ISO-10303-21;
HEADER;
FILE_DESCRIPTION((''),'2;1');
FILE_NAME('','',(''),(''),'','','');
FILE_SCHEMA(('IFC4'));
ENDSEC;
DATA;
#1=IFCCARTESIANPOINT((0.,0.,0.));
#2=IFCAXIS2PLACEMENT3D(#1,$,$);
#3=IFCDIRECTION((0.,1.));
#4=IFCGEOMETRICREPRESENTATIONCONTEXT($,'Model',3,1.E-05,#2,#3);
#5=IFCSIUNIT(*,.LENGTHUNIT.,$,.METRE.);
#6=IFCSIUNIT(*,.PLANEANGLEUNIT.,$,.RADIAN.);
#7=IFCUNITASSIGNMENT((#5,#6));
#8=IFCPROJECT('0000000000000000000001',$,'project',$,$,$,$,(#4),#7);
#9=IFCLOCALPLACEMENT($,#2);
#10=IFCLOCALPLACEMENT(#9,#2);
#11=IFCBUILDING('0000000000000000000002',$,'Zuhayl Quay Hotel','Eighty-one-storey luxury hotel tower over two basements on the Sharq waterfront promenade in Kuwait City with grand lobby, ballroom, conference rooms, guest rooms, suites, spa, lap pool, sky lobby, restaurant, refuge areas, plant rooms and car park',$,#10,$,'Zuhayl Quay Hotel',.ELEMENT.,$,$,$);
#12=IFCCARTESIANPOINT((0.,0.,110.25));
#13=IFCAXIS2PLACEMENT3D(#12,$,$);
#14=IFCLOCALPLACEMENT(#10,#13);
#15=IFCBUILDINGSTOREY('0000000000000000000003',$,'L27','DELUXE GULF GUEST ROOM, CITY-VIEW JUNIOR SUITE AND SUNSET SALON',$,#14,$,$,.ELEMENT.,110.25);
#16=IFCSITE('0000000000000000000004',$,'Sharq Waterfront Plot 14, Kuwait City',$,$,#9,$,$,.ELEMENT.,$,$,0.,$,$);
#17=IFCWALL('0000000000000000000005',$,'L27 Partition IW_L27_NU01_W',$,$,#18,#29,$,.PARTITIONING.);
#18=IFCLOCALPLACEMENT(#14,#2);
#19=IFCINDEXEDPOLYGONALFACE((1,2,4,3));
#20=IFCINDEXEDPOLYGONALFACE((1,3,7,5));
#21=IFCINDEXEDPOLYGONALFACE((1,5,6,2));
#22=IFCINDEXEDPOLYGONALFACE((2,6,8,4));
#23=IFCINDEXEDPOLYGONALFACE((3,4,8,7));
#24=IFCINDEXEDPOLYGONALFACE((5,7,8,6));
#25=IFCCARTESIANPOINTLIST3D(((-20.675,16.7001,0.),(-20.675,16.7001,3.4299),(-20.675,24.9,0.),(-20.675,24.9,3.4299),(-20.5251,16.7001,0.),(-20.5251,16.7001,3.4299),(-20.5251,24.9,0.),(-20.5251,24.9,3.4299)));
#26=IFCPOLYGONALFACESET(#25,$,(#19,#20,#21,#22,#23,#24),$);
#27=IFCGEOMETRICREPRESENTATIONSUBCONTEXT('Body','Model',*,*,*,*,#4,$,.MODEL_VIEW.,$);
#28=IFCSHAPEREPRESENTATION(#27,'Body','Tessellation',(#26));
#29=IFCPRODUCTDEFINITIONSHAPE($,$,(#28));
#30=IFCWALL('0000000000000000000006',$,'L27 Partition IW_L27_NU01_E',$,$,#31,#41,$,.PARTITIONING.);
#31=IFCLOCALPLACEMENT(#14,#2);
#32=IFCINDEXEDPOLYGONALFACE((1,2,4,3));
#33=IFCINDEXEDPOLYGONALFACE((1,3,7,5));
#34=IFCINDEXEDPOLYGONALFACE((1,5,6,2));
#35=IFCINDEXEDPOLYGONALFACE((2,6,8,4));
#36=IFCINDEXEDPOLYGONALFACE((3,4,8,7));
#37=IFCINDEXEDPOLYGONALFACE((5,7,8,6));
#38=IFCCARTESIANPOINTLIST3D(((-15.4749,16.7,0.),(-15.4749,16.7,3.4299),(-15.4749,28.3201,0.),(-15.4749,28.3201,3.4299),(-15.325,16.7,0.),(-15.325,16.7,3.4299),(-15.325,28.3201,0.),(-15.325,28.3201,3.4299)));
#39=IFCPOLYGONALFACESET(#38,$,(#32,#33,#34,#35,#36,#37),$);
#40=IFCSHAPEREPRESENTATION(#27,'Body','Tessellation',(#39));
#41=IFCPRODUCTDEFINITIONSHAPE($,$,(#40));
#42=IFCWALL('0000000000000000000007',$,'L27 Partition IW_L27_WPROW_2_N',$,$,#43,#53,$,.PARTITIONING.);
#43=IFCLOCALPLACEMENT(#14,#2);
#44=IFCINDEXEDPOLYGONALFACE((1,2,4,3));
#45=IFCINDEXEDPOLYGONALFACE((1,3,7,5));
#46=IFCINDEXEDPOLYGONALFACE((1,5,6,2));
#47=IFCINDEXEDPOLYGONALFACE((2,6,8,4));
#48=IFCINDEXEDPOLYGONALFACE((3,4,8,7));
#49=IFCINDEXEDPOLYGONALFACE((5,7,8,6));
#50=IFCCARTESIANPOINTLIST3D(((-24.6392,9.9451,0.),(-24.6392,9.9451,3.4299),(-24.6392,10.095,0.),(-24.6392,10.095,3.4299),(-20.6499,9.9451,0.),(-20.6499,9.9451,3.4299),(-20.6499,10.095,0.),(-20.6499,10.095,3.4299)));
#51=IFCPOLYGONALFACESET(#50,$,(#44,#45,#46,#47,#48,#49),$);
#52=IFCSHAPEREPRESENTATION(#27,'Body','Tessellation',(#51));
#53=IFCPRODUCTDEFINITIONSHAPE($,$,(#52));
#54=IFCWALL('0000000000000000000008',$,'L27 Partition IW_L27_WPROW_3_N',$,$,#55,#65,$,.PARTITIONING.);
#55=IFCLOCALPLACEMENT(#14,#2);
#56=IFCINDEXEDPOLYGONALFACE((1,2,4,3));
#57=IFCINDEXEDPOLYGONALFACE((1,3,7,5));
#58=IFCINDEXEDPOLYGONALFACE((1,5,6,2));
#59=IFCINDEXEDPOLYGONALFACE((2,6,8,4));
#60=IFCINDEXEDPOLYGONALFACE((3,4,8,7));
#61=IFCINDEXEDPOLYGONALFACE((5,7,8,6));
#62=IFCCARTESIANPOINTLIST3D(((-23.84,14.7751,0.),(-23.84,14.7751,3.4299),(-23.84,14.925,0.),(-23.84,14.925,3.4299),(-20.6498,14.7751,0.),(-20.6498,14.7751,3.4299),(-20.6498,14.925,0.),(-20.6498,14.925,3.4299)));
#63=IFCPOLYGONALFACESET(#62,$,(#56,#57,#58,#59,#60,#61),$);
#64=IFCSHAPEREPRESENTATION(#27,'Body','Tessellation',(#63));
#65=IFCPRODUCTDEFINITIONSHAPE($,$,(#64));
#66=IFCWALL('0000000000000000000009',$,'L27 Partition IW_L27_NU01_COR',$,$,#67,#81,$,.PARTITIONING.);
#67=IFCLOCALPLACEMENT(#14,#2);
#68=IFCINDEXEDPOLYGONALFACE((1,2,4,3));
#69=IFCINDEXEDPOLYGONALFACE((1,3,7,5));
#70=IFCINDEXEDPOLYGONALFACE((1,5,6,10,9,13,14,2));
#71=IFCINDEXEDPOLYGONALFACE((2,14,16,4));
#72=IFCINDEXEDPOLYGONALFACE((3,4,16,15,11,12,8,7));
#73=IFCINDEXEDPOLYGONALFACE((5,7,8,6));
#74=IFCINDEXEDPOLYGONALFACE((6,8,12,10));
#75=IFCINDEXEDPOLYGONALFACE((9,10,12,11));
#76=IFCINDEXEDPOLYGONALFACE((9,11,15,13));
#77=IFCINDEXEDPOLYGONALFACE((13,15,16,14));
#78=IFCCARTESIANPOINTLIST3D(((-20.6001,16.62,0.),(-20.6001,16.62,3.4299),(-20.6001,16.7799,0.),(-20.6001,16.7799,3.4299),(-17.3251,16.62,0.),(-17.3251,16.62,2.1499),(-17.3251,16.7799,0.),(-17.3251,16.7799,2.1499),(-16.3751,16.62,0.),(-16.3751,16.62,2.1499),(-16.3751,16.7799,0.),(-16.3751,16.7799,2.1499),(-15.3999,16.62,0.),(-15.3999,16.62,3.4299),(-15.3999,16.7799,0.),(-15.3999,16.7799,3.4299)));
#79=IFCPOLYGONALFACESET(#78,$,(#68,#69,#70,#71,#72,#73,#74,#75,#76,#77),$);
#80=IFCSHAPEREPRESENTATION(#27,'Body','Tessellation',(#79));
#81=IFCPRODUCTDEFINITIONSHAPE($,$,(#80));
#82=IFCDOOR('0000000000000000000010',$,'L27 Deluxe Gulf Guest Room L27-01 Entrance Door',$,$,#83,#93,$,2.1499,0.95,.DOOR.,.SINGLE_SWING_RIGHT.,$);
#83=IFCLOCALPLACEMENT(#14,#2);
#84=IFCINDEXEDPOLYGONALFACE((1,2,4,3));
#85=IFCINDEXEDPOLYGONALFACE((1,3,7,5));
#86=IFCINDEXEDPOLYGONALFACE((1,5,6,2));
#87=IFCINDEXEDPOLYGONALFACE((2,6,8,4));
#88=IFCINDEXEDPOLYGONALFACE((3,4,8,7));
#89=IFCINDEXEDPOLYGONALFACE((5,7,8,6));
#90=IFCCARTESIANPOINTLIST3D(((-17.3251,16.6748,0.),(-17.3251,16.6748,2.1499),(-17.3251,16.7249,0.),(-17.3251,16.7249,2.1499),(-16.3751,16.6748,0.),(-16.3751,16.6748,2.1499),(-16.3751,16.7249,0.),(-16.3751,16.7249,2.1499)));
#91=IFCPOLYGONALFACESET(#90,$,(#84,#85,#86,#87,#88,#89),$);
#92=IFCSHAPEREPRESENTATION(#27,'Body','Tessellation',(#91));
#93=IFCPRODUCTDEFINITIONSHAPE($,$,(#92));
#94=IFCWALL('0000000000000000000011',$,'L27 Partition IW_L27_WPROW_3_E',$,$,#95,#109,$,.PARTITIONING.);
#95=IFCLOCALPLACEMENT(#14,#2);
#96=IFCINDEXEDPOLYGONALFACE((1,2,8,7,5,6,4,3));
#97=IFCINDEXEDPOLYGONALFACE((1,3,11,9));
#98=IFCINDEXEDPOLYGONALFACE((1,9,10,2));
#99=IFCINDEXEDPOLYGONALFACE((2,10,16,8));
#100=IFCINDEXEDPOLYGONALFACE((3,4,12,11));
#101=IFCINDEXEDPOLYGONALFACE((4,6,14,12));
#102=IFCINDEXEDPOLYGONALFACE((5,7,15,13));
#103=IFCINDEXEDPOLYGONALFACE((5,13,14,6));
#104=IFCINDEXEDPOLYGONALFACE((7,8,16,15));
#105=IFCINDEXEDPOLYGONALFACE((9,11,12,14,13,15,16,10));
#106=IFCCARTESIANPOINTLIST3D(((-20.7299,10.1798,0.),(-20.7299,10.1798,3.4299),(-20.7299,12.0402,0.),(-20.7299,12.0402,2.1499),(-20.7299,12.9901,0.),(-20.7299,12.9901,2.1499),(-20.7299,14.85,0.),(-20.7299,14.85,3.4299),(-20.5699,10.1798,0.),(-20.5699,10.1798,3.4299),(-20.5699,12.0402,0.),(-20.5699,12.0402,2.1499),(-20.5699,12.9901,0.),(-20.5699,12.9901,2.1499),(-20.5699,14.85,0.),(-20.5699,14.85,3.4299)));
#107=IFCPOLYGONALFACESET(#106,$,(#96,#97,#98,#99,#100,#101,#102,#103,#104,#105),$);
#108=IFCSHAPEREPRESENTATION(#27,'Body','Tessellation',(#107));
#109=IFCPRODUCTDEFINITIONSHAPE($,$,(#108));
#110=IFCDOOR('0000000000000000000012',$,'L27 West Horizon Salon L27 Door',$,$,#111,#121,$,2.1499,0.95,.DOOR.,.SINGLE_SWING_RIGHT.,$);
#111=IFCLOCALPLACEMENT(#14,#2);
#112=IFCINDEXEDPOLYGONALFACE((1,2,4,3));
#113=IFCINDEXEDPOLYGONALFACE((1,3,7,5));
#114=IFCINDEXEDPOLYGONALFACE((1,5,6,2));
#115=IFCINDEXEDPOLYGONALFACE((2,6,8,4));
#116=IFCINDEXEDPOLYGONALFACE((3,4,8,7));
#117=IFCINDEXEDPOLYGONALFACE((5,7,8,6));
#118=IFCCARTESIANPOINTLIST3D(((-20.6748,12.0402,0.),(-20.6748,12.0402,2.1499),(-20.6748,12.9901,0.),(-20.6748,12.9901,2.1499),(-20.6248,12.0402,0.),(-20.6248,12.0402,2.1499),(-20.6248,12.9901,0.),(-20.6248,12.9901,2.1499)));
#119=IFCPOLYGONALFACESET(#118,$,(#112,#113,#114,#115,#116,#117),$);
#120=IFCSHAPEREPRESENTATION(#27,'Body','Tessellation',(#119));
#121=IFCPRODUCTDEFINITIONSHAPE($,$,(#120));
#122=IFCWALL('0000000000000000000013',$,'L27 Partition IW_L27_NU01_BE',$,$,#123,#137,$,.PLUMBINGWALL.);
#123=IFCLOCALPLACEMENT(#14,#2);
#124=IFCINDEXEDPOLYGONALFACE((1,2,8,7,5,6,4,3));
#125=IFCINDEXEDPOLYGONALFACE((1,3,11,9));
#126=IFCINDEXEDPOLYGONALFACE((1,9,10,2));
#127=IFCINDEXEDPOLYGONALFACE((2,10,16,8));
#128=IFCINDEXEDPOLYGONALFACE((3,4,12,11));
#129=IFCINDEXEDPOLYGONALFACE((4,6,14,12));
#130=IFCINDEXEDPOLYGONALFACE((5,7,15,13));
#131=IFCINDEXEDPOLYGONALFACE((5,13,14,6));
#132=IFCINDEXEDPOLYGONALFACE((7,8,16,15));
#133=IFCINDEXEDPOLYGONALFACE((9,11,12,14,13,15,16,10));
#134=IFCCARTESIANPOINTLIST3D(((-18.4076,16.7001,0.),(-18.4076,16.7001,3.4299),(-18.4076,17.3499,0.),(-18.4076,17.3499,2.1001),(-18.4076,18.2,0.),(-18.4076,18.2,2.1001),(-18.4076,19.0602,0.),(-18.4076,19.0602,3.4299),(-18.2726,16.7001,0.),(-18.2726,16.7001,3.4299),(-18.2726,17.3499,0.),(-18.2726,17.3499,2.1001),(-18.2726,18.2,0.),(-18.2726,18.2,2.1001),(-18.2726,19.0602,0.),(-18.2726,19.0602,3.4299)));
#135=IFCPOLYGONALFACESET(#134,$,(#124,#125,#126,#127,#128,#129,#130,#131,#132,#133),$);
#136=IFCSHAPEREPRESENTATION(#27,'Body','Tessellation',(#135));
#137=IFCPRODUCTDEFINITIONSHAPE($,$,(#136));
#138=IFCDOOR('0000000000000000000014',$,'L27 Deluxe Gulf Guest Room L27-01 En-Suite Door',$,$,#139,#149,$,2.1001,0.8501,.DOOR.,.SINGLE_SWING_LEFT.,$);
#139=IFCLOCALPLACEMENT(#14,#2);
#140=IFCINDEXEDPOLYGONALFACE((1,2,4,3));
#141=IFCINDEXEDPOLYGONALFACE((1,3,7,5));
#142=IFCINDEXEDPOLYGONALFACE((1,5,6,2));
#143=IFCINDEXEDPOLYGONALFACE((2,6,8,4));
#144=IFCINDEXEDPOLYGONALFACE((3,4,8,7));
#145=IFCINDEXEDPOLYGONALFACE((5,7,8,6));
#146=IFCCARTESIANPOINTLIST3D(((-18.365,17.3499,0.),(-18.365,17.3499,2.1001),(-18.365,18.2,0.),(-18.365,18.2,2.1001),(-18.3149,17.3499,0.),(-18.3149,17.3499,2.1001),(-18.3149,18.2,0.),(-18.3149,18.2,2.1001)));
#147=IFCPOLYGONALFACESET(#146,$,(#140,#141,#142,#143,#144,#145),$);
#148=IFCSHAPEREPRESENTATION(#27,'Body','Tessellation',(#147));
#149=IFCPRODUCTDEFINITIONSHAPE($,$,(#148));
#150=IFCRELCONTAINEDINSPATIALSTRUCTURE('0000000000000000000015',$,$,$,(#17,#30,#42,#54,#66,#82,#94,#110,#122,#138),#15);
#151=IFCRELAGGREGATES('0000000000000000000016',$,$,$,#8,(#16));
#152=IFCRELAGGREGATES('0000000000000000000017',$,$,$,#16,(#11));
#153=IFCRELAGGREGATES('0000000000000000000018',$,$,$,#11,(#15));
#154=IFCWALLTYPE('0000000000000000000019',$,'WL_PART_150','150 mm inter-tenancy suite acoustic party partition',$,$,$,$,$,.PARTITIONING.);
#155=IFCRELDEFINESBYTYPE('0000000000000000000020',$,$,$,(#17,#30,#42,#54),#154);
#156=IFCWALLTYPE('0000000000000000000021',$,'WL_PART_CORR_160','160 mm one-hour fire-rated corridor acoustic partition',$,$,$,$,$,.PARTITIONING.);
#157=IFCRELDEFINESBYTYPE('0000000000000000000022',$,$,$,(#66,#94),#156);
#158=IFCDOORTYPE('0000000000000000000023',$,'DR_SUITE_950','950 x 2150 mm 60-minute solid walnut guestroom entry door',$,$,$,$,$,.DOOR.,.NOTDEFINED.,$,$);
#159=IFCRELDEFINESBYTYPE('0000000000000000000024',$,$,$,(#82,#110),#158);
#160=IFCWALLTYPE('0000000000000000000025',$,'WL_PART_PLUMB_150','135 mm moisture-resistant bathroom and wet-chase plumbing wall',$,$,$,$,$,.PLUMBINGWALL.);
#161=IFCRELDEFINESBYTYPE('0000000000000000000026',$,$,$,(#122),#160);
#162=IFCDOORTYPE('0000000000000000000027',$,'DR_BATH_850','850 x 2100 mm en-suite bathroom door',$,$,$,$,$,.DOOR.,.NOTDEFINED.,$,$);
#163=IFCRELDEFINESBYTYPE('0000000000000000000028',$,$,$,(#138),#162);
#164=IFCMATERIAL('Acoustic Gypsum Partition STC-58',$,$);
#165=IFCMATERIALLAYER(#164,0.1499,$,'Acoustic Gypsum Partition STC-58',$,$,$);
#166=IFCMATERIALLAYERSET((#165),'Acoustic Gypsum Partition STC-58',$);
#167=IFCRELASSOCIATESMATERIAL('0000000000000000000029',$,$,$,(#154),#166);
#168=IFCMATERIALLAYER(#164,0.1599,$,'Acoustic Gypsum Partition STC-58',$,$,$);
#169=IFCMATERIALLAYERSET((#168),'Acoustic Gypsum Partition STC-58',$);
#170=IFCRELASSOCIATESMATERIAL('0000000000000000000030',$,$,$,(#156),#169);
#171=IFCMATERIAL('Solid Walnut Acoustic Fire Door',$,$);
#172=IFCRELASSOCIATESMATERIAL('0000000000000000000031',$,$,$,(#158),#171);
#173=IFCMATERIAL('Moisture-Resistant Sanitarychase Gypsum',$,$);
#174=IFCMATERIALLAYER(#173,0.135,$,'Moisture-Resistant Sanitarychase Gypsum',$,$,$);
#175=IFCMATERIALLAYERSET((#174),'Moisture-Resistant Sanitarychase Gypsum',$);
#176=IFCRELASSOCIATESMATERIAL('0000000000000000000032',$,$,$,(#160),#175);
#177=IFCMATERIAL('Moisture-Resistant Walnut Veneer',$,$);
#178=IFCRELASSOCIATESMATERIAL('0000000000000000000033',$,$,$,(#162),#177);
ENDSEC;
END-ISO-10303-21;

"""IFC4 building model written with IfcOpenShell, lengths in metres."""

from ifc_helpers import new_model, si_unit, direction, frame, frame_2d, origin, place, context, subcontext, project, spatial, rectangle, extrude, material, layer, layer_set, type_object, element, fill, save


model = new_model("IFC4")

# Units and contexts
model_context = context("Model", 3, precision=1e-05, world=origin(), true_north=direction((0.0, 1.0)))
body_context = subcontext(model_context, "Body", "Model", "MODEL_VIEW")
ifc_project = project(units=[si_unit("LENGTHUNIT", "METRE"), si_unit("PLANEANGLEUNIT", "RADIAN")], contexts=[model_context])

# Site, building, storey
site_placement = place(None, origin())
site = spatial("IfcSite", under=ifc_project, at=site_placement, Name="Sharq Waterfront Plot 14, Kuwait City", CompositionType="ELEMENT", RefElevation=0.0)
building_placement = place(site_placement, origin())
building = spatial("IfcBuilding", under=site, at=building_placement, Name="Zuhayl Quay Hotel", Description="Eighty-one-storey luxury hotel tower over two basements on the Sharq waterfront promenade in Kuwait City with grand lobby, ballroom, conference rooms, guest rooms, suites, spa, lap pool, sky lobby, restaurant, refuge areas, plant rooms and car park", LongName="Zuhayl Quay Hotel", CompositionType="ELEMENT")
storey_placement = place(building_placement, frame((0.0, 0.0, 110.25)))
storey = spatial("IfcBuildingStorey", under=building, at=storey_placement, Name="L27", Description="DELUXE GULF GUEST ROOM, CITY-VIEW JUNIOR SUITE AND SUNSET SALON", CompositionType="ELEMENT", Elevation=110.25)

# Walls
ifc_material_1 = material(Name="Acoustic Gypsum Partition STC-58")
ifc_layer_1 = layer(ifc_material_1, 0.1499, Name="Acoustic Gypsum Partition STC-58")
ifc_layer_set_1 = layer_set([ifc_layer_1], Name="Acoustic Gypsum Partition STC-58")
wall_type_1 = type_object("IfcWallType", Name="WL_PART_150", Description="150 mm inter-tenancy suite acoustic party partition", PredefinedType="PARTITIONING", material=ifc_layer_set_1)
wall_1_placement = place(storey_placement, frame((-20.6001, 16.7, 0.0), z_axis=(0.0, 0.0, 1.0), x_axis=(0.0, 1.0, 0.0)))
element("IfcWall", 1, at=wall_1_placement, inside=storey, type_object=wall_type_1, Name="L27 Partition IW_L27_NU01_W", PredefinedType="PARTITIONING", context=body_context, shape_type="SweptSolid", body=[
    extrude(rectangle(XDim=8.2, YDim=0.1499, at=frame_2d((4.1001, 0.0))), origin(), (0.0, 0.0, 1.0), 3.4299),
])
wall_2_placement = place(storey_placement, frame((-15.3999, 16.7, 0.0), z_axis=(0.0, 0.0, 1.0), x_axis=(0.0, 1.0, 0.0)))
element("IfcWall", 2, at=wall_2_placement, inside=storey, type_object=wall_type_1, Name="L27 Partition IW_L27_NU01_E", PredefinedType="PARTITIONING", context=body_context, shape_type="SweptSolid", body=[
    extrude(rectangle(XDim=11.6201, YDim=0.1499, at=frame_2d((5.8101, 0.0))), origin(), (0.0, 0.0, 1.0), 3.4299),
])
wall_3_placement = place(storey_placement, frame((-24.6392, 10.02, 0.0), z_axis=(0.0, 0.0, 1.0), x_axis=(1.0, 0.0, 0.0)))
element("IfcWall", 3, at=wall_3_placement, inside=storey, type_object=wall_type_1, Name="L27 Partition IW_L27_WPROW_2_N", PredefinedType="PARTITIONING", context=body_context, shape_type="SweptSolid", body=[
    extrude(rectangle(XDim=3.9893, YDim=0.1499, at=frame_2d((1.9946, 0.0))), origin(), (0.0, 0.0, 1.0), 3.4299),
])
wall_4_placement = place(storey_placement, frame((-23.8401, 14.8501, 0.0), z_axis=(0.0, 0.0, 1.0), x_axis=(1.0, 0.0, 0.0)))
element("IfcWall", 4, at=wall_4_placement, inside=storey, type_object=wall_type_1, Name="L27 Partition IW_L27_WPROW_3_N", PredefinedType="PARTITIONING", context=body_context, shape_type="SweptSolid", body=[
    extrude(rectangle(XDim=3.1902, YDim=0.1499, at=frame_2d((1.5952, 0.0))), origin(), (0.0, 0.0, 1.0), 3.4299),
])

# Walls, openings, doors
ifc_layer_2 = layer(ifc_material_1, 0.1599, Name="Acoustic Gypsum Partition STC-58")
ifc_layer_set_2 = layer_set([ifc_layer_2], Name="Acoustic Gypsum Partition STC-58")
wall_type_2 = type_object("IfcWallType", Name="WL_PART_CORR_160", Description="160 mm one-hour fire-rated corridor acoustic partition", PredefinedType="PARTITIONING", material=ifc_layer_set_2)
wall_5_placement = place(storey_placement, frame((-20.6001, 16.7, 0.0), z_axis=(0.0, 0.0, 1.0), x_axis=(1.0, 0.0, 0.0)))
wall_5 = element("IfcWall", 5, at=wall_5_placement, inside=storey, type_object=wall_type_2, Name="L27 Partition IW_L27_NU01_COR", PredefinedType="PARTITIONING", context=body_context, shape_type="SweptSolid", body=[
    extrude(rectangle(XDim=5.2002, YDim=0.1599, at=frame_2d((2.6001, 0.0))), origin(), (0.0, 0.0, 1.0), 3.4299),
])
opening_1_placement = place(wall_5_placement, frame((3.2749, 0.0, 0.0)))
opening_1 = element("IfcOpeningElement", 6, at=opening_1_placement, cuts=wall_5, PredefinedType="OPENING", context=body_context, shape_type="SweptSolid", body=[
    extrude(rectangle(XDim=0.95, YDim=2.1499, at=frame_2d((0.4751, 1.075))), frame((0.0, 0.0898, 0.0), z_axis=(0.0, -1.0, 0.0), x_axis=(1.0, 0.0, 0.0)), (0.0, 0.0, 1.0), 0.1799),
])
ifc_material_2 = material(Name="Solid Walnut Acoustic Fire Door")
door_type_1 = type_object("IfcDoorType", Name="DR_SUITE_950", Description="950 x 2150 mm 60-minute solid walnut guestroom entry door", OperationType="NOTDEFINED", PredefinedType="DOOR", material=ifc_material_2)
door_1_placement = place(opening_1_placement, origin())
door_1 = element("IfcDoor", 7, at=door_1_placement, inside=storey, type_object=door_type_1, Name="L27 Deluxe Gulf Guest Room L27-01 Entrance Door", OperationType="SINGLE_SWING_RIGHT", OverallHeight=2.1499, OverallWidth=0.95, PredefinedType="DOOR", context=body_context, shape_type="SweptSolid", body=[
    extrude(rectangle(XDim=0.95, YDim=2.1499, at=frame_2d((0.4751, 1.075))), frame((0.0, 0.0249, 0.0), z_axis=(0.0, -1.0, 0.0), x_axis=(1.0, 0.0, 0.0)), (0.0, 0.0, 1.0), 0.05),
])
fill(opening_1, door_1)
wall_6_placement = place(storey_placement, frame((-20.6499, 10.1799, 0.0), z_axis=(0.0, 0.0, 1.0), x_axis=(0.0, 1.0, 0.0)))
wall_6 = element("IfcWall", 8, at=wall_6_placement, inside=storey, type_object=wall_type_2, Name="L27 Partition IW_L27_WPROW_3_E", PredefinedType="PARTITIONING", context=body_context, shape_type="SweptSolid", body=[
    extrude(rectangle(XDim=4.6702, YDim=0.1599, at=frame_2d((2.335, 0.0))), origin(), (0.0, 0.0, 1.0), 3.4299),
])
opening_2_placement = place(wall_6_placement, frame((1.8601, 0.0, 0.0)))
opening_2 = element("IfcOpeningElement", 9, at=opening_2_placement, cuts=wall_6, PredefinedType="OPENING", context=body_context, shape_type="SweptSolid", body=[
    extrude(rectangle(XDim=0.95, YDim=2.1499, at=frame_2d((0.4751, 1.075))), frame((0.0, 0.0898, 0.0), z_axis=(0.0, -1.0, 0.0), x_axis=(1.0, 0.0, 0.0)), (0.0, 0.0, 1.0), 0.1799),
])
door_2_placement = place(opening_2_placement, origin())
door_2 = element("IfcDoor", 10, at=door_2_placement, inside=storey, type_object=door_type_1, Name="L27 West Horizon Salon L27 Door", OperationType="SINGLE_SWING_RIGHT", OverallHeight=2.1499, OverallWidth=0.95, PredefinedType="DOOR", context=body_context, shape_type="SweptSolid", body=[
    extrude(rectangle(XDim=0.95, YDim=2.1499, at=frame_2d((0.4751, 1.075))), frame((0.0, 0.0249, 0.0), z_axis=(0.0, -1.0, 0.0), x_axis=(1.0, 0.0, 0.0)), (0.0, 0.0, 1.0), 0.05),
])
fill(opening_2, door_2)
ifc_material_3 = material(Name="Moisture-Resistant Sanitarychase Gypsum")
ifc_layer_3 = layer(ifc_material_3, 0.135, Name="Moisture-Resistant Sanitarychase Gypsum")
ifc_layer_set_3 = layer_set([ifc_layer_3], Name="Moisture-Resistant Sanitarychase Gypsum")
wall_type_3 = type_object("IfcWallType", Name="WL_PART_PLUMB_150", Description="135 mm moisture-resistant bathroom and wet-chase plumbing wall", PredefinedType="PLUMBINGWALL", material=ifc_layer_set_3)
wall_7_placement = place(storey_placement, frame((-18.3401, 16.7, 0.0), z_axis=(0.0, 0.0, 1.0), x_axis=(0.0, 1.0, 0.0)))
wall_7 = element("IfcWall", 11, at=wall_7_placement, inside=storey, type_object=wall_type_3, Name="L27 Partition IW_L27_NU01_BE", PredefinedType="PLUMBINGWALL", context=body_context, shape_type="SweptSolid", body=[
    extrude(rectangle(XDim=2.3601, YDim=0.135, at=frame_2d((1.1802, 0.0))), origin(), (0.0, 0.0, 1.0), 3.4299),
])
opening_3_placement = place(wall_7_placement, frame((0.6499, 0.0, 0.0)))
opening_3 = element("IfcOpeningElement", 12, at=opening_3_placement, cuts=wall_7, PredefinedType="OPENING", context=body_context, shape_type="SweptSolid", body=[
    extrude(rectangle(XDim=0.8501, YDim=2.1001, at=frame_2d((0.425, 1.05))), frame((0.0, 0.0774, 0.0), z_axis=(0.0, -1.0, 0.0), x_axis=(1.0, 0.0, 0.0)), (0.0, 0.0, 1.0), 0.155),
])
ifc_material_4 = material(Name="Moisture-Resistant Walnut Veneer")
door_type_2 = type_object("IfcDoorType", Name="DR_BATH_850", Description="850 x 2100 mm en-suite bathroom door", OperationType="NOTDEFINED", PredefinedType="DOOR", material=ifc_material_4)
door_3_placement = place(opening_3_placement, origin())
door_3 = element("IfcDoor", 13, at=door_3_placement, inside=storey, type_object=door_type_2, Name="L27 Deluxe Gulf Guest Room L27-01 En-Suite Door", OperationType="SINGLE_SWING_LEFT", OverallHeight=2.1001, OverallWidth=0.8501, PredefinedType="DOOR", context=body_context, shape_type="SweptSolid", body=[
    extrude(rectangle(XDim=0.8501, YDim=2.1001, at=frame_2d((0.425, 1.05))), frame((0.0, 0.0249, 0.0), z_axis=(0.0, -1.0, 0.0), x_axis=(1.0, 0.0, 0.0)), (0.0, 0.0, 1.0), 0.05),
])
fill(opening_3, door_3)

save(model, "model.ifc")
